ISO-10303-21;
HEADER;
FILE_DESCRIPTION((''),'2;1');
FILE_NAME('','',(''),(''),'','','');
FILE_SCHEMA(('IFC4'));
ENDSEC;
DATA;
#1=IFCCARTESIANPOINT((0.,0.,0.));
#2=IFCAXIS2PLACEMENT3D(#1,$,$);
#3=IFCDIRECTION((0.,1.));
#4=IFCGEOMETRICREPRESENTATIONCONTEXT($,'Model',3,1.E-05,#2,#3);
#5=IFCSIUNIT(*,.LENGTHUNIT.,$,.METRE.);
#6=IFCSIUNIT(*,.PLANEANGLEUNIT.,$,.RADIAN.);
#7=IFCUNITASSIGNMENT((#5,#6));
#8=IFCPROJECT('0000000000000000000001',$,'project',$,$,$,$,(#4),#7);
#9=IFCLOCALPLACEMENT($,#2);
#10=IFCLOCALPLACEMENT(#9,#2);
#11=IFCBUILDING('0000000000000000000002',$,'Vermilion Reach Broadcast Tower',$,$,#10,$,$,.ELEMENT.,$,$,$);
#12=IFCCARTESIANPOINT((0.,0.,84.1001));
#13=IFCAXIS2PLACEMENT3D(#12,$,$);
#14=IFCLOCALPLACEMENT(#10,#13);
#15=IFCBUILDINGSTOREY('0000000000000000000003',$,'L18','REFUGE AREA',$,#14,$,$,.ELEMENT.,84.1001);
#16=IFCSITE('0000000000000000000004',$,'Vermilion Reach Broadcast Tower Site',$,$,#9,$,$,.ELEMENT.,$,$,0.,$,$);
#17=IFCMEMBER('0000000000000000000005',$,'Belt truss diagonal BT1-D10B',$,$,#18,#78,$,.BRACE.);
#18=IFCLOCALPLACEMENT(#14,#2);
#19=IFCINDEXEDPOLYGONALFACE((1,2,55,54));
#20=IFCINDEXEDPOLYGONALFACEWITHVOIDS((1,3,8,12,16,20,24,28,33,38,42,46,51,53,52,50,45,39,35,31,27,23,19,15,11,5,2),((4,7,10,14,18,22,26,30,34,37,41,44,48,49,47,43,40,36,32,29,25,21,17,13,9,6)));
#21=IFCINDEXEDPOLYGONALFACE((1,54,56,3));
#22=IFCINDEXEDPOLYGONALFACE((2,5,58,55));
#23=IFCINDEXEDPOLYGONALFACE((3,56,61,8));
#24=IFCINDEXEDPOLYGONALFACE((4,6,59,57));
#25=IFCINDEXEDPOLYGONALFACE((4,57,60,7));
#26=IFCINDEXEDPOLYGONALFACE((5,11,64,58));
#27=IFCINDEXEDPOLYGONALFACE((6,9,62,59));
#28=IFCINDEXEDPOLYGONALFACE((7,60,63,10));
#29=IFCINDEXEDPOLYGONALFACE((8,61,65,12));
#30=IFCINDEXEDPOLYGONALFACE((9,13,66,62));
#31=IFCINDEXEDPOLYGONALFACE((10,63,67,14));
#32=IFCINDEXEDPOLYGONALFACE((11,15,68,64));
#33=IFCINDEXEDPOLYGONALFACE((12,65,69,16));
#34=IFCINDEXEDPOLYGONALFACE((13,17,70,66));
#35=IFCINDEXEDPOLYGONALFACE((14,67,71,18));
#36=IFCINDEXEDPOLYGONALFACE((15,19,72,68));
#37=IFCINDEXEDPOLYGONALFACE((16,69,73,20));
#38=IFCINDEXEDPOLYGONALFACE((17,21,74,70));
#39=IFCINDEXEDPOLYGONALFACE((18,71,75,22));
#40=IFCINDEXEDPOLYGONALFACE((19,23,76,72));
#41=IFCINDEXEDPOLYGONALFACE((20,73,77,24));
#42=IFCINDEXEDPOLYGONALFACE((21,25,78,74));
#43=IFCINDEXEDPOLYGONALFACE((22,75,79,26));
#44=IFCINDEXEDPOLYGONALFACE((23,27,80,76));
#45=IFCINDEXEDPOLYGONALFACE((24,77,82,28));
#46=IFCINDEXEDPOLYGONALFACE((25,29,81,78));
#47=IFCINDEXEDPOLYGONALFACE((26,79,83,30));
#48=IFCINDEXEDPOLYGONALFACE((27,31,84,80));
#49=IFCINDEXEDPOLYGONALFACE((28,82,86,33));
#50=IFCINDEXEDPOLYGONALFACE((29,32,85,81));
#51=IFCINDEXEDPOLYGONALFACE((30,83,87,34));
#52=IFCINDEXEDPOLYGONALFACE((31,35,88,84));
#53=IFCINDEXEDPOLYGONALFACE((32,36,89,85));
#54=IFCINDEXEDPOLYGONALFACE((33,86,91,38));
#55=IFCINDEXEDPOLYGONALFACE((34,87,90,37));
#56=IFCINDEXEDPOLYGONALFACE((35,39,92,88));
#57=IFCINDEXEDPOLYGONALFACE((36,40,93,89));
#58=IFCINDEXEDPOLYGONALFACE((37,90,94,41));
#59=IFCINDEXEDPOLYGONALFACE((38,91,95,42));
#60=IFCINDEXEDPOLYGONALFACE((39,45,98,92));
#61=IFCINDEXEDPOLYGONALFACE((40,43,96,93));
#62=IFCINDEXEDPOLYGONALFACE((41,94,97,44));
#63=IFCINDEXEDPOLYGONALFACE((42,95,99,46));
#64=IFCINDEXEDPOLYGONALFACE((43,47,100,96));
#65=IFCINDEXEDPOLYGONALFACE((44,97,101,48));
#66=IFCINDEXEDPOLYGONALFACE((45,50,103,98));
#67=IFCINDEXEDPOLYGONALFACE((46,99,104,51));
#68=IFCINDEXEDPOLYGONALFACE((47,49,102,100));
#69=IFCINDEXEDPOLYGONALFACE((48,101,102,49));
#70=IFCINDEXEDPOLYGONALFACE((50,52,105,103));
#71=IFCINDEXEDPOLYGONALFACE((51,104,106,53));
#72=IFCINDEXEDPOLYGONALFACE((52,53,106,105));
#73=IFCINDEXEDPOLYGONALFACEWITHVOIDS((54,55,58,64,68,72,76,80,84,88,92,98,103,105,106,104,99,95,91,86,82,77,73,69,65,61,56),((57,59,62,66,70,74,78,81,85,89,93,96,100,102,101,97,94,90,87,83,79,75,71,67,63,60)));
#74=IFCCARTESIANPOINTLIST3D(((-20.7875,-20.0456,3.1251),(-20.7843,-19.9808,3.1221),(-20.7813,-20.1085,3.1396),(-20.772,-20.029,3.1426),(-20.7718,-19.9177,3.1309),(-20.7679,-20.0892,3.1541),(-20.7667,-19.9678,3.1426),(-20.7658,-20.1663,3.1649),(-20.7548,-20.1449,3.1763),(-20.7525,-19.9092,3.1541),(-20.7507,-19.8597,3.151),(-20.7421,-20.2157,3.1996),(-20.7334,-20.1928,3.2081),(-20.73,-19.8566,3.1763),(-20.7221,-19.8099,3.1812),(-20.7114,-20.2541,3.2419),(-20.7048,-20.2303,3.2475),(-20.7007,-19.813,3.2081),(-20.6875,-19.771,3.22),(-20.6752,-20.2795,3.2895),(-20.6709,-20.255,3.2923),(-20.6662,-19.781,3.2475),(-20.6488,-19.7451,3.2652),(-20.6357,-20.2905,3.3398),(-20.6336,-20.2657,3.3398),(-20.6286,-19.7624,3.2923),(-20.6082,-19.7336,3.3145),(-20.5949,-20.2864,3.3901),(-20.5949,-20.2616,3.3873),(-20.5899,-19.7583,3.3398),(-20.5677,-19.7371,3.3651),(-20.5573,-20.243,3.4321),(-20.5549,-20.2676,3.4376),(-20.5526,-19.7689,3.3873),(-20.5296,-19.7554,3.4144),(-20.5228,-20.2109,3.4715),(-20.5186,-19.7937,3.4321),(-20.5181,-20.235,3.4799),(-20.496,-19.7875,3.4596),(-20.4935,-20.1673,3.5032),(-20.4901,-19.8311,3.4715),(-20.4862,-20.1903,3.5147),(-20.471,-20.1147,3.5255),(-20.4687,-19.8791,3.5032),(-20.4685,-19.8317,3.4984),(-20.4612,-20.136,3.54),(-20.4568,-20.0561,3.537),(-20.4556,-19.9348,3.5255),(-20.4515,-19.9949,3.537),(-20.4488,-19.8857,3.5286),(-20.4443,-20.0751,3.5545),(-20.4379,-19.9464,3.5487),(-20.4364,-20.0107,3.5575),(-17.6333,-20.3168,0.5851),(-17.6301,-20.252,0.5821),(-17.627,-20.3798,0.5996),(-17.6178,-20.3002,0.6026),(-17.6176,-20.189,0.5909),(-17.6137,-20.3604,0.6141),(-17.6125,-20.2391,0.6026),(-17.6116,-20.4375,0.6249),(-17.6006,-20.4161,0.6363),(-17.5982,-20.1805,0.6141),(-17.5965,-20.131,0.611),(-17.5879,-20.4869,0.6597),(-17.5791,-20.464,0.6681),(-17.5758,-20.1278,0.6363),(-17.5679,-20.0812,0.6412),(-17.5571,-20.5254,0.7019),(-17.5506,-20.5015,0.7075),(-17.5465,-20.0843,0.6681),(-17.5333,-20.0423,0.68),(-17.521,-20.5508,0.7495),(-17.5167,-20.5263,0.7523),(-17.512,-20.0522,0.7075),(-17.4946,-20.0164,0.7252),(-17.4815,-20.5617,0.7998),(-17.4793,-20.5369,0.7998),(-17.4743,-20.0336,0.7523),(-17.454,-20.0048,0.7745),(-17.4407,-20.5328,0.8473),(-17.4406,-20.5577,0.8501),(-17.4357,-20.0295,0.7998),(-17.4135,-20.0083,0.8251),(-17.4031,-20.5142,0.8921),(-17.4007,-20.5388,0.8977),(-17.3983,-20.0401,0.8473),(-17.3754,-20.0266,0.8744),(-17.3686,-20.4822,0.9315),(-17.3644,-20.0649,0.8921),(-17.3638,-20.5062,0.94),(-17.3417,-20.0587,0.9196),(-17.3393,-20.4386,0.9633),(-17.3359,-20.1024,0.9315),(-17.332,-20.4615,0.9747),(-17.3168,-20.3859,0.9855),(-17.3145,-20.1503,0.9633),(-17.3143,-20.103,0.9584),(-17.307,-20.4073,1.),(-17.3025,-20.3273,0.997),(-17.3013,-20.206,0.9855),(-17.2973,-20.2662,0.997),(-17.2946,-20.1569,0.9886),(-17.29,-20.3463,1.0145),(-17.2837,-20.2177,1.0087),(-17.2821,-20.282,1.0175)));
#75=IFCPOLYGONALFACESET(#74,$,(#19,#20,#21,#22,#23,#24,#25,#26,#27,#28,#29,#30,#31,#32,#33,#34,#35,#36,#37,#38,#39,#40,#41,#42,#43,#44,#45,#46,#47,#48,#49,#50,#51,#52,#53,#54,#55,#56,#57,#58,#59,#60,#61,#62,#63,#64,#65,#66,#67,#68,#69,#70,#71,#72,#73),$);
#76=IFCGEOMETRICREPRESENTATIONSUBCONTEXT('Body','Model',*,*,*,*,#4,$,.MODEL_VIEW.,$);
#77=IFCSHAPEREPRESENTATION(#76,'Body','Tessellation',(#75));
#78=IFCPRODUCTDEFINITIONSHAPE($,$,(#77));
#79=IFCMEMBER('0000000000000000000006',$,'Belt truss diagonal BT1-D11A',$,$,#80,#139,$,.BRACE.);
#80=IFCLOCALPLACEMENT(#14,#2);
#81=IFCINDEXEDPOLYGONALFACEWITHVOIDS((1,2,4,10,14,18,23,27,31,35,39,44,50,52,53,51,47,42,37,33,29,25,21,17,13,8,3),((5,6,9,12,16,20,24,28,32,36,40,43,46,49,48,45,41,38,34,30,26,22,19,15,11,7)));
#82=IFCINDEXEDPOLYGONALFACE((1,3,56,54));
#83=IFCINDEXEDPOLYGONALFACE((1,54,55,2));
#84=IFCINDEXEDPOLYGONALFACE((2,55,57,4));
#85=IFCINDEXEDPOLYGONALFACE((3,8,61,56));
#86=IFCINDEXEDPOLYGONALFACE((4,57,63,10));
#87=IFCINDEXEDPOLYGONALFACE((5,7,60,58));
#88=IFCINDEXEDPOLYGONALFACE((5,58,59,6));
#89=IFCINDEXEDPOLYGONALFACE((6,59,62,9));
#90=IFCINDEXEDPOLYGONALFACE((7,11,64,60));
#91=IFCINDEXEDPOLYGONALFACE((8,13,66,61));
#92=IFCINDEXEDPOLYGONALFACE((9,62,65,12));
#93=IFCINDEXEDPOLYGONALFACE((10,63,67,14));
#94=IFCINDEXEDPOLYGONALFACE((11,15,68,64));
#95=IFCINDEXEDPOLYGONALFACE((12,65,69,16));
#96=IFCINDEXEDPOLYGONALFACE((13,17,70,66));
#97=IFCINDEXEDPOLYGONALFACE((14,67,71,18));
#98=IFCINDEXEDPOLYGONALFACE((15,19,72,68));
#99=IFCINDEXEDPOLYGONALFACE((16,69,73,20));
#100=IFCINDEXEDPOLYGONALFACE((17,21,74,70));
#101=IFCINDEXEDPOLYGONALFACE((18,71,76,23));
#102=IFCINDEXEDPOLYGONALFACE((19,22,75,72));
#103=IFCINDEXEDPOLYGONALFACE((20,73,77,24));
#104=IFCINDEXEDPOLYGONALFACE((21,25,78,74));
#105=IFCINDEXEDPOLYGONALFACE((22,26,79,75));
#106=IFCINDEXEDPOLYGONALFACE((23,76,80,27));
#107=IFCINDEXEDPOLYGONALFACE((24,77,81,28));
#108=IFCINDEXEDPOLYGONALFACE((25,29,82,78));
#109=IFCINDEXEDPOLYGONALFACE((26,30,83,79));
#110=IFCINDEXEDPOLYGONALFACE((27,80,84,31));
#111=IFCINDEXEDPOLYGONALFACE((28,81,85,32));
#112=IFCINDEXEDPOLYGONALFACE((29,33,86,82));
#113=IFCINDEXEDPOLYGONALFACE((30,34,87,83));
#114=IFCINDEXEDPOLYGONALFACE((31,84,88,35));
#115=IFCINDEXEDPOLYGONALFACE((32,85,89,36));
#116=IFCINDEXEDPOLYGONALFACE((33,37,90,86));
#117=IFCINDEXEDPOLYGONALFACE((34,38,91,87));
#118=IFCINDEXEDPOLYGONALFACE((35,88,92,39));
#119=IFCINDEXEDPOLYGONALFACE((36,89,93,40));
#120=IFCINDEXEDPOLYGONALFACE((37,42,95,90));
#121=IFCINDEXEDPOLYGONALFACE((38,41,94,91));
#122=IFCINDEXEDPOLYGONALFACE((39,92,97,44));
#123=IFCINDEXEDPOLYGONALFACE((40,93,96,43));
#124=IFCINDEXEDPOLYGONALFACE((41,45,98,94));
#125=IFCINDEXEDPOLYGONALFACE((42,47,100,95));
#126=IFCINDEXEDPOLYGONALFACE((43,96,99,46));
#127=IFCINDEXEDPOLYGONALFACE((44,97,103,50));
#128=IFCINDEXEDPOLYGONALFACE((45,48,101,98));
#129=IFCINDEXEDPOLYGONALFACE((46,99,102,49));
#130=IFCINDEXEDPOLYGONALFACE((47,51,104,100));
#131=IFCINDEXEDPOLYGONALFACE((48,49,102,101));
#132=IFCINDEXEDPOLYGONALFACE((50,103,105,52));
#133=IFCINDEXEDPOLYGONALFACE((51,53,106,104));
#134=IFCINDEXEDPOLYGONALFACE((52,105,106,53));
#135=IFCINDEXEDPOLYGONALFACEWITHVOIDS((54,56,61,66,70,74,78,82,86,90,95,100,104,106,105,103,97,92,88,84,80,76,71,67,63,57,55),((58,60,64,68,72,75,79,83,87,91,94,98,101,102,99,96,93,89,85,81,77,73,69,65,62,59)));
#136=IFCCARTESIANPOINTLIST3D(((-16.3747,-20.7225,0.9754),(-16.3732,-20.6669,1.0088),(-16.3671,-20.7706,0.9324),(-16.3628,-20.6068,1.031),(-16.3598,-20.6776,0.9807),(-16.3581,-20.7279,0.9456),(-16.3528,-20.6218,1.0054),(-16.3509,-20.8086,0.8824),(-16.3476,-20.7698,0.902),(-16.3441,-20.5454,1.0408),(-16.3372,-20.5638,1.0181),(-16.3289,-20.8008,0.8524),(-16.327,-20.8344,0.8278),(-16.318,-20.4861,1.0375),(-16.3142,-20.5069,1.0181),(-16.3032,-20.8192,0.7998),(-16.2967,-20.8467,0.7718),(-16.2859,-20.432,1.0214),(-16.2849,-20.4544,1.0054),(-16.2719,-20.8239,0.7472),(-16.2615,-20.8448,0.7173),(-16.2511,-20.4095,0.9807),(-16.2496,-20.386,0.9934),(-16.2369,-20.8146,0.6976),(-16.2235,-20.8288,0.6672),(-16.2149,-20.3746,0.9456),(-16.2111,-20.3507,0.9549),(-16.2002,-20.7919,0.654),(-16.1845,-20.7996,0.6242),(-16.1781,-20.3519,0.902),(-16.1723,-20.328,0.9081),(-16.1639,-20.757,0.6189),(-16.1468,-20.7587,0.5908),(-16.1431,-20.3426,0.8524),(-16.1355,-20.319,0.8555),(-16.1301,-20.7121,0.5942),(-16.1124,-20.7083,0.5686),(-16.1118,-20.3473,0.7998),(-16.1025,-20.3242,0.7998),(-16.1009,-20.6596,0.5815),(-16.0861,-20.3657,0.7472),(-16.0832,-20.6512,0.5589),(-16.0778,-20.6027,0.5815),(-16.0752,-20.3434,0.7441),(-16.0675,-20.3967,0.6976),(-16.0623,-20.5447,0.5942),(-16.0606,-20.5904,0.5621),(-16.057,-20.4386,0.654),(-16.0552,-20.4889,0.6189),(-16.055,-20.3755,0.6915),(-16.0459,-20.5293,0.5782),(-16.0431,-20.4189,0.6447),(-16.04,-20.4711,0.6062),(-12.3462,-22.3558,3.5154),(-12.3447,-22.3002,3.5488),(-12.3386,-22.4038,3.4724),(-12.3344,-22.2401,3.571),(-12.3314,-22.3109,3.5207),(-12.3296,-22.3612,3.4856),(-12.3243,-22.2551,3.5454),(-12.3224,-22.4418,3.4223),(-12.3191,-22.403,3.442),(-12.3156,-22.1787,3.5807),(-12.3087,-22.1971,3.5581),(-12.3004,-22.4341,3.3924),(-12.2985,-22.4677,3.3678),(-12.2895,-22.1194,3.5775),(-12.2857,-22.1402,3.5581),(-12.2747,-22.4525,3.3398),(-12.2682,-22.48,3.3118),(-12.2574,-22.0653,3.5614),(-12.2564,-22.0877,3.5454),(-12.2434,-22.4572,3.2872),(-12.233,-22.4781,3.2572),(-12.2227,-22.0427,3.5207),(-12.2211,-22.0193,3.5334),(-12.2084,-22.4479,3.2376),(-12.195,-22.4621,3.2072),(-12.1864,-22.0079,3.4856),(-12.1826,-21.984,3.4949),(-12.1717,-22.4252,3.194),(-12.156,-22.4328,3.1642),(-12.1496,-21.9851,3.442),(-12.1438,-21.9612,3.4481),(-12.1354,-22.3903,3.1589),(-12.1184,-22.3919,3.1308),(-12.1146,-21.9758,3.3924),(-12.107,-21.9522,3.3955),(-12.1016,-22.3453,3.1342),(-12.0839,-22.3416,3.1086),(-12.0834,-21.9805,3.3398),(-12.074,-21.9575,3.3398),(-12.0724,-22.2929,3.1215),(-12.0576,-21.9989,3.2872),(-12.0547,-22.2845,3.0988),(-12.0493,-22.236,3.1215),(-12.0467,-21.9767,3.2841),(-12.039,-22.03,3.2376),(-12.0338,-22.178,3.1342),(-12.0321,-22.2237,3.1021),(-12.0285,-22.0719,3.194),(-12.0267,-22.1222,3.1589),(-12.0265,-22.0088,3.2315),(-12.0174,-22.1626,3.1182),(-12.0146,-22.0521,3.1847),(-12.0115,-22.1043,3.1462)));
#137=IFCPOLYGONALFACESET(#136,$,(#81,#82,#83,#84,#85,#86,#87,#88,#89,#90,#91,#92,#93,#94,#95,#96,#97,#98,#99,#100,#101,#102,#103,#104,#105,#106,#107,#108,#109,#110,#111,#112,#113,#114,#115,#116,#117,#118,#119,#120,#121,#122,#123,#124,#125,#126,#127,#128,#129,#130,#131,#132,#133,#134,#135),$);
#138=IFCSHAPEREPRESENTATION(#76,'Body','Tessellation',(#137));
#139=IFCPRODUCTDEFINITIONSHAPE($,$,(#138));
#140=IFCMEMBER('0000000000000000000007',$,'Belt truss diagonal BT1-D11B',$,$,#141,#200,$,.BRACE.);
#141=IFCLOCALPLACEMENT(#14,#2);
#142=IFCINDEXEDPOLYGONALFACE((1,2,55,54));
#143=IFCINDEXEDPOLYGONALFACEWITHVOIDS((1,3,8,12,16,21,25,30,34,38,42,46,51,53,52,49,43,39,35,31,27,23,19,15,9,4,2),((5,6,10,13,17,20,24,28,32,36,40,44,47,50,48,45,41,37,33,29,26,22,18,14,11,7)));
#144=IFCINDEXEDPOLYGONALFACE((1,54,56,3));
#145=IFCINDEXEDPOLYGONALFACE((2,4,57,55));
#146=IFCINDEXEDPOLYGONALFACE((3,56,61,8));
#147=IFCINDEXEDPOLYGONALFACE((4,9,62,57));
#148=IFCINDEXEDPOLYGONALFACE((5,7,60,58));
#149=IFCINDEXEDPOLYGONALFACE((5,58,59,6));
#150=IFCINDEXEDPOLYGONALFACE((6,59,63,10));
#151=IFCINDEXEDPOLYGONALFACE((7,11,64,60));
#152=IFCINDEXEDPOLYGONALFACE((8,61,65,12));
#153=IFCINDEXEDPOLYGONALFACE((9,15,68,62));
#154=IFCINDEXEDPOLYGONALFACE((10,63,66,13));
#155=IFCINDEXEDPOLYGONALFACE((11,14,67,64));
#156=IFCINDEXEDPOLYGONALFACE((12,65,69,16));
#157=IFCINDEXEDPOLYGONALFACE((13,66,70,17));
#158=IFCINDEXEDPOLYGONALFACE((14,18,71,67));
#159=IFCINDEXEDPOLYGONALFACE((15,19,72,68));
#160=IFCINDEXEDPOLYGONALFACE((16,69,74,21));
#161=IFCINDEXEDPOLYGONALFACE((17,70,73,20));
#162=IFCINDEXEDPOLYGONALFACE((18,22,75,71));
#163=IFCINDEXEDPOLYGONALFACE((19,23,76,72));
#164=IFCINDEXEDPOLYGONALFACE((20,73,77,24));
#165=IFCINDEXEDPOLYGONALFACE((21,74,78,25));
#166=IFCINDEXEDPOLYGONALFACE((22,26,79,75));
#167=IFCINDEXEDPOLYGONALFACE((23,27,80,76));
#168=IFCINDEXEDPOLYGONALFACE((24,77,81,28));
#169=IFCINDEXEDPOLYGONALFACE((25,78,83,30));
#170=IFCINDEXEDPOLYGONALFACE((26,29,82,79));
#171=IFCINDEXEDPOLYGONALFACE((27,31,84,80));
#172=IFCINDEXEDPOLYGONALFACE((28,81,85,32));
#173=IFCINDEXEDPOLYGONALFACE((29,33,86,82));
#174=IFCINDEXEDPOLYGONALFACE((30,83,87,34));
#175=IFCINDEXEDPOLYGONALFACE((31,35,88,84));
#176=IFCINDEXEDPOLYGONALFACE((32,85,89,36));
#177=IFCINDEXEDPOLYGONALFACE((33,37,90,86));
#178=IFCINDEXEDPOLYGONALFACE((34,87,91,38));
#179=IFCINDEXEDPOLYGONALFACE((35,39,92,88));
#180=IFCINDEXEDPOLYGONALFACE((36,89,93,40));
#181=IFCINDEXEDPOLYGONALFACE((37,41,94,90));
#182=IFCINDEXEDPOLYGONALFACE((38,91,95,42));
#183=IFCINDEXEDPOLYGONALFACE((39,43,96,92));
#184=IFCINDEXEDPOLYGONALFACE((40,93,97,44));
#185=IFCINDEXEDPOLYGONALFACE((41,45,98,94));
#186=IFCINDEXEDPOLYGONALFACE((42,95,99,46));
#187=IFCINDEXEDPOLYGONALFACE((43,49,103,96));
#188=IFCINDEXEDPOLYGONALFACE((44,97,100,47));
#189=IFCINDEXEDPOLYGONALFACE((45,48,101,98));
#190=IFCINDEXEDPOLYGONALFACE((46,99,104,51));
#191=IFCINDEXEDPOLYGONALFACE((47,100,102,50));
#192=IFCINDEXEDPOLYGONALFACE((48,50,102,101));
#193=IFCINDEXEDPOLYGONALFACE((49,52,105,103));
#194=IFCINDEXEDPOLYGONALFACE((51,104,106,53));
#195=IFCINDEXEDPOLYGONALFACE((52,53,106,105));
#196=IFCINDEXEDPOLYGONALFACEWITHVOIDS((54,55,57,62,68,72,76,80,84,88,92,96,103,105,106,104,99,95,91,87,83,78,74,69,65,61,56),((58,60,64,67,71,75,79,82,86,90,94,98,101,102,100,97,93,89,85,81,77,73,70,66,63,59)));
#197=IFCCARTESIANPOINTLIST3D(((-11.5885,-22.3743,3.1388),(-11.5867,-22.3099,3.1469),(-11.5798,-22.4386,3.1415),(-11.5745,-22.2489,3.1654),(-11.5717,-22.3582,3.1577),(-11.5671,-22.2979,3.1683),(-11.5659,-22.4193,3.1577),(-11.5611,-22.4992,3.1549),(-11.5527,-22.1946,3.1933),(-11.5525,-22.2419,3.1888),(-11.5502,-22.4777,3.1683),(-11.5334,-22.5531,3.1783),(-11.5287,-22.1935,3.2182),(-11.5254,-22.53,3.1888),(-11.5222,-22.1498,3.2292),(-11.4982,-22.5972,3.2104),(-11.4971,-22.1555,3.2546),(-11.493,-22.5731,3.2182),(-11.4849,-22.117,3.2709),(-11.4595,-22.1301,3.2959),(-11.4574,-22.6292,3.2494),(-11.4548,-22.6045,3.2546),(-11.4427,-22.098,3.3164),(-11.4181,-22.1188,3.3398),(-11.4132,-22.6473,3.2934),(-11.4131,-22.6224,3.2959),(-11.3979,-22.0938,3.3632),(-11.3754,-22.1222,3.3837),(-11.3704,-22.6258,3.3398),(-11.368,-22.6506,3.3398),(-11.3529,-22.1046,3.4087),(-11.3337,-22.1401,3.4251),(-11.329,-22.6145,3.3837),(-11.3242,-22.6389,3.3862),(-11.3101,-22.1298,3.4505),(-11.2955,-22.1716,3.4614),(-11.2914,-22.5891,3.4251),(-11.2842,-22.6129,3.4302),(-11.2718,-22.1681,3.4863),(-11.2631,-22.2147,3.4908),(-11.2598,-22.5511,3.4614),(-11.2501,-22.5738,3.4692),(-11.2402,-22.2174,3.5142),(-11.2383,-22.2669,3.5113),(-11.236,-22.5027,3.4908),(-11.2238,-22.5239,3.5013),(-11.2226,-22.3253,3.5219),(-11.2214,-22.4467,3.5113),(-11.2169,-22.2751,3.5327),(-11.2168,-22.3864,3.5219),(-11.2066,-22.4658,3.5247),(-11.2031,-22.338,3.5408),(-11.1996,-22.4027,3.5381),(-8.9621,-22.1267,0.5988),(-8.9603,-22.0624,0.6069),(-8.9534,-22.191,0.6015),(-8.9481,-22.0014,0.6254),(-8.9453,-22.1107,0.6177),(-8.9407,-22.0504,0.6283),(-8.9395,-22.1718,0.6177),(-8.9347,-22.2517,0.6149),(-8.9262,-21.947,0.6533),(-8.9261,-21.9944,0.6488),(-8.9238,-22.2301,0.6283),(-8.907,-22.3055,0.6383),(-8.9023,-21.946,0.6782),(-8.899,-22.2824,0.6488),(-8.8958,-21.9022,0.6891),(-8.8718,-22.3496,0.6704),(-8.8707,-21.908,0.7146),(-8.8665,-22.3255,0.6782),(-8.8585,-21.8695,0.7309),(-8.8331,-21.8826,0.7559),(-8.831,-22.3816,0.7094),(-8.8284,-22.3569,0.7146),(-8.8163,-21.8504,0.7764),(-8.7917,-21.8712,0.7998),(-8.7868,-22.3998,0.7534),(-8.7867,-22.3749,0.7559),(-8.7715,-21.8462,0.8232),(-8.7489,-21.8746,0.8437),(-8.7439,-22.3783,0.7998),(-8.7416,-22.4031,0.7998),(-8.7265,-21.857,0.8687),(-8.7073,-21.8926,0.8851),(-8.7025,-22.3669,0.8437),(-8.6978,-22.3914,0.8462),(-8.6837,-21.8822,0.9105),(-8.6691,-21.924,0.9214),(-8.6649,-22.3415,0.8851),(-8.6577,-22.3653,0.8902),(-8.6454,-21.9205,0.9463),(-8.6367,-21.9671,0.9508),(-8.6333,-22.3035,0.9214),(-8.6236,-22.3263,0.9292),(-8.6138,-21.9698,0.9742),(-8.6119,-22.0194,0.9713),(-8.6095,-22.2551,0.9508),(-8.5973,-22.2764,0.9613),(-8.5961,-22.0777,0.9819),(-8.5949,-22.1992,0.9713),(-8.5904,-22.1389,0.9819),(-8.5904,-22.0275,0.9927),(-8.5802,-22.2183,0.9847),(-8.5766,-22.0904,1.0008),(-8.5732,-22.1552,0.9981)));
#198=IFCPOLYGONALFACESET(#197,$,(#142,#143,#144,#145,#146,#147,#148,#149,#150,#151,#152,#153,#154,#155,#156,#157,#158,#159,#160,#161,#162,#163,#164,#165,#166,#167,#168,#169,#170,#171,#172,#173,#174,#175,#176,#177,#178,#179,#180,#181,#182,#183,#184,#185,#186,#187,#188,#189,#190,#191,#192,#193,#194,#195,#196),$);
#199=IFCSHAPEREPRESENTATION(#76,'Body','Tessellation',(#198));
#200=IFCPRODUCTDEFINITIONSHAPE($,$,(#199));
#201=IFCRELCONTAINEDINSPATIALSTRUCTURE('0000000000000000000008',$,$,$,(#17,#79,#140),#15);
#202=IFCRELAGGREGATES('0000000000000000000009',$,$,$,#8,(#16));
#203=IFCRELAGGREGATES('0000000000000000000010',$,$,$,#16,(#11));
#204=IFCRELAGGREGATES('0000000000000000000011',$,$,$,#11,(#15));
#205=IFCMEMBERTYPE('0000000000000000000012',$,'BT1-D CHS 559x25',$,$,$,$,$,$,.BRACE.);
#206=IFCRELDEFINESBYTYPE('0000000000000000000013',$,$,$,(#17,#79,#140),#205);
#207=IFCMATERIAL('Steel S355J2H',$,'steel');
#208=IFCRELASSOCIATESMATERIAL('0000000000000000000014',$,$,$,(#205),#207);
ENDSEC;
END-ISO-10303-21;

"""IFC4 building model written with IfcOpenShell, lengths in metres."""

from ifc_helpers import new_model, si_unit, direction, frame, origin, origin_2d, place, context, subcontext, project, spatial, hollow_circle, extrude, material, material_profile, profile_set, type_object, element, save


model = new_model("IFC4")

# Units and contexts
model_context = context("Model", 3, precision=1e-05, world=origin(), true_north=direction((0.0, 1.0)))
body_context = subcontext(model_context, "Body", "Model", "MODEL_VIEW")
ifc_project = project(units=[si_unit("LENGTHUNIT", "METRE"), si_unit("PLANEANGLEUNIT", "RADIAN")], contexts=[model_context])

# Site, building, storey
site_placement = place(None, origin())
site = spatial("IfcSite", under=ifc_project, at=site_placement, Name="Vermilion Reach Broadcast Tower Site", CompositionType="ELEMENT", RefElevation=0.0)
building_placement = place(site_placement, origin())
building = spatial("IfcBuilding", under=site, at=building_placement, Name="Vermilion Reach Broadcast Tower", CompositionType="ELEMENT")
storey_placement = place(building_placement, frame((0.0, 0.0, 84.1001)))
storey = spatial("IfcBuildingStorey", under=building, at=storey_placement, Name="L18", Description="REFUGE AREA", CompositionType="ELEMENT", Elevation=84.1001)

# Members
ifc_material_1 = material(Name="Steel S355J2H", Category="steel")
ifc_material_profile_1 = material_profile(ifc_material_1, hollow_circle(Radius=0.2795, WallThickness=0.0249, at=origin_2d()), Name="S355J2H CHS 559x25")
ifc_profile_set_1 = profile_set([ifc_material_profile_1], Name="Steel S355J2H")
member_type_1 = type_object("IfcMemberType", Name="BT1-D CHS 559x25", PredefinedType="BRACE", material=ifc_profile_set_1)
member_1_placement = place(storey_placement, frame((-17.4575, -20.2832, 0.7998), z_axis=(-0.777124, 0.066825, 0.625789), x_axis=(-0.085675, -0.996323, 0.0)))
element("IfcMember", 1, at=member_1_placement, inside=storey, type_object=member_type_1, Name="Belt truss diagonal BT1-D10B", PredefinedType="BRACE", context=body_context, shape_type="SweptSolid", body=[
    extrude(hollow_circle(Radius=0.2795, WallThickness=0.0249, at=origin_2d()), origin(), (0.0, 0.0, 1.0), 4.0588),
])
member_2_placement = place(storey_placement, frame((-16.2075, -20.5833, 0.7998), z_axis=(0.80015, -0.324405, 0.504501), x_axis=(0.375725, 0.926731, 0.0)))
element("IfcMember", 2, at=member_2_placement, inside=storey, type_object=member_type_1, Name="Belt truss diagonal BT1-D11A", PredefinedType="BRACE", context=body_context, shape_type="SweptSolid", body=[
    extrude(hollow_circle(Radius=0.2795, WallThickness=0.0249, at=origin_2d()), origin(), (0.0, 0.0, 1.0), 5.0347),
])
member_3_placement = place(storey_placement, frame((-8.7678, -22.1248, 0.7998), z_axis=(-0.71719, -0.067599, 0.693591), x_axis=(0.09384, -0.995587, 0.0)))
element("IfcMember", 3, at=member_3_placement, inside=storey, type_object=member_type_1, Name="Belt truss diagonal BT1-D11B", PredefinedType="BRACE", context=body_context, shape_type="SweptSolid", body=[
    extrude(hollow_circle(Radius=0.2795, WallThickness=0.0249, at=origin_2d()), origin(), (0.0, 0.0, 1.0), 3.6621),
])

save(model, "model.ifc")
